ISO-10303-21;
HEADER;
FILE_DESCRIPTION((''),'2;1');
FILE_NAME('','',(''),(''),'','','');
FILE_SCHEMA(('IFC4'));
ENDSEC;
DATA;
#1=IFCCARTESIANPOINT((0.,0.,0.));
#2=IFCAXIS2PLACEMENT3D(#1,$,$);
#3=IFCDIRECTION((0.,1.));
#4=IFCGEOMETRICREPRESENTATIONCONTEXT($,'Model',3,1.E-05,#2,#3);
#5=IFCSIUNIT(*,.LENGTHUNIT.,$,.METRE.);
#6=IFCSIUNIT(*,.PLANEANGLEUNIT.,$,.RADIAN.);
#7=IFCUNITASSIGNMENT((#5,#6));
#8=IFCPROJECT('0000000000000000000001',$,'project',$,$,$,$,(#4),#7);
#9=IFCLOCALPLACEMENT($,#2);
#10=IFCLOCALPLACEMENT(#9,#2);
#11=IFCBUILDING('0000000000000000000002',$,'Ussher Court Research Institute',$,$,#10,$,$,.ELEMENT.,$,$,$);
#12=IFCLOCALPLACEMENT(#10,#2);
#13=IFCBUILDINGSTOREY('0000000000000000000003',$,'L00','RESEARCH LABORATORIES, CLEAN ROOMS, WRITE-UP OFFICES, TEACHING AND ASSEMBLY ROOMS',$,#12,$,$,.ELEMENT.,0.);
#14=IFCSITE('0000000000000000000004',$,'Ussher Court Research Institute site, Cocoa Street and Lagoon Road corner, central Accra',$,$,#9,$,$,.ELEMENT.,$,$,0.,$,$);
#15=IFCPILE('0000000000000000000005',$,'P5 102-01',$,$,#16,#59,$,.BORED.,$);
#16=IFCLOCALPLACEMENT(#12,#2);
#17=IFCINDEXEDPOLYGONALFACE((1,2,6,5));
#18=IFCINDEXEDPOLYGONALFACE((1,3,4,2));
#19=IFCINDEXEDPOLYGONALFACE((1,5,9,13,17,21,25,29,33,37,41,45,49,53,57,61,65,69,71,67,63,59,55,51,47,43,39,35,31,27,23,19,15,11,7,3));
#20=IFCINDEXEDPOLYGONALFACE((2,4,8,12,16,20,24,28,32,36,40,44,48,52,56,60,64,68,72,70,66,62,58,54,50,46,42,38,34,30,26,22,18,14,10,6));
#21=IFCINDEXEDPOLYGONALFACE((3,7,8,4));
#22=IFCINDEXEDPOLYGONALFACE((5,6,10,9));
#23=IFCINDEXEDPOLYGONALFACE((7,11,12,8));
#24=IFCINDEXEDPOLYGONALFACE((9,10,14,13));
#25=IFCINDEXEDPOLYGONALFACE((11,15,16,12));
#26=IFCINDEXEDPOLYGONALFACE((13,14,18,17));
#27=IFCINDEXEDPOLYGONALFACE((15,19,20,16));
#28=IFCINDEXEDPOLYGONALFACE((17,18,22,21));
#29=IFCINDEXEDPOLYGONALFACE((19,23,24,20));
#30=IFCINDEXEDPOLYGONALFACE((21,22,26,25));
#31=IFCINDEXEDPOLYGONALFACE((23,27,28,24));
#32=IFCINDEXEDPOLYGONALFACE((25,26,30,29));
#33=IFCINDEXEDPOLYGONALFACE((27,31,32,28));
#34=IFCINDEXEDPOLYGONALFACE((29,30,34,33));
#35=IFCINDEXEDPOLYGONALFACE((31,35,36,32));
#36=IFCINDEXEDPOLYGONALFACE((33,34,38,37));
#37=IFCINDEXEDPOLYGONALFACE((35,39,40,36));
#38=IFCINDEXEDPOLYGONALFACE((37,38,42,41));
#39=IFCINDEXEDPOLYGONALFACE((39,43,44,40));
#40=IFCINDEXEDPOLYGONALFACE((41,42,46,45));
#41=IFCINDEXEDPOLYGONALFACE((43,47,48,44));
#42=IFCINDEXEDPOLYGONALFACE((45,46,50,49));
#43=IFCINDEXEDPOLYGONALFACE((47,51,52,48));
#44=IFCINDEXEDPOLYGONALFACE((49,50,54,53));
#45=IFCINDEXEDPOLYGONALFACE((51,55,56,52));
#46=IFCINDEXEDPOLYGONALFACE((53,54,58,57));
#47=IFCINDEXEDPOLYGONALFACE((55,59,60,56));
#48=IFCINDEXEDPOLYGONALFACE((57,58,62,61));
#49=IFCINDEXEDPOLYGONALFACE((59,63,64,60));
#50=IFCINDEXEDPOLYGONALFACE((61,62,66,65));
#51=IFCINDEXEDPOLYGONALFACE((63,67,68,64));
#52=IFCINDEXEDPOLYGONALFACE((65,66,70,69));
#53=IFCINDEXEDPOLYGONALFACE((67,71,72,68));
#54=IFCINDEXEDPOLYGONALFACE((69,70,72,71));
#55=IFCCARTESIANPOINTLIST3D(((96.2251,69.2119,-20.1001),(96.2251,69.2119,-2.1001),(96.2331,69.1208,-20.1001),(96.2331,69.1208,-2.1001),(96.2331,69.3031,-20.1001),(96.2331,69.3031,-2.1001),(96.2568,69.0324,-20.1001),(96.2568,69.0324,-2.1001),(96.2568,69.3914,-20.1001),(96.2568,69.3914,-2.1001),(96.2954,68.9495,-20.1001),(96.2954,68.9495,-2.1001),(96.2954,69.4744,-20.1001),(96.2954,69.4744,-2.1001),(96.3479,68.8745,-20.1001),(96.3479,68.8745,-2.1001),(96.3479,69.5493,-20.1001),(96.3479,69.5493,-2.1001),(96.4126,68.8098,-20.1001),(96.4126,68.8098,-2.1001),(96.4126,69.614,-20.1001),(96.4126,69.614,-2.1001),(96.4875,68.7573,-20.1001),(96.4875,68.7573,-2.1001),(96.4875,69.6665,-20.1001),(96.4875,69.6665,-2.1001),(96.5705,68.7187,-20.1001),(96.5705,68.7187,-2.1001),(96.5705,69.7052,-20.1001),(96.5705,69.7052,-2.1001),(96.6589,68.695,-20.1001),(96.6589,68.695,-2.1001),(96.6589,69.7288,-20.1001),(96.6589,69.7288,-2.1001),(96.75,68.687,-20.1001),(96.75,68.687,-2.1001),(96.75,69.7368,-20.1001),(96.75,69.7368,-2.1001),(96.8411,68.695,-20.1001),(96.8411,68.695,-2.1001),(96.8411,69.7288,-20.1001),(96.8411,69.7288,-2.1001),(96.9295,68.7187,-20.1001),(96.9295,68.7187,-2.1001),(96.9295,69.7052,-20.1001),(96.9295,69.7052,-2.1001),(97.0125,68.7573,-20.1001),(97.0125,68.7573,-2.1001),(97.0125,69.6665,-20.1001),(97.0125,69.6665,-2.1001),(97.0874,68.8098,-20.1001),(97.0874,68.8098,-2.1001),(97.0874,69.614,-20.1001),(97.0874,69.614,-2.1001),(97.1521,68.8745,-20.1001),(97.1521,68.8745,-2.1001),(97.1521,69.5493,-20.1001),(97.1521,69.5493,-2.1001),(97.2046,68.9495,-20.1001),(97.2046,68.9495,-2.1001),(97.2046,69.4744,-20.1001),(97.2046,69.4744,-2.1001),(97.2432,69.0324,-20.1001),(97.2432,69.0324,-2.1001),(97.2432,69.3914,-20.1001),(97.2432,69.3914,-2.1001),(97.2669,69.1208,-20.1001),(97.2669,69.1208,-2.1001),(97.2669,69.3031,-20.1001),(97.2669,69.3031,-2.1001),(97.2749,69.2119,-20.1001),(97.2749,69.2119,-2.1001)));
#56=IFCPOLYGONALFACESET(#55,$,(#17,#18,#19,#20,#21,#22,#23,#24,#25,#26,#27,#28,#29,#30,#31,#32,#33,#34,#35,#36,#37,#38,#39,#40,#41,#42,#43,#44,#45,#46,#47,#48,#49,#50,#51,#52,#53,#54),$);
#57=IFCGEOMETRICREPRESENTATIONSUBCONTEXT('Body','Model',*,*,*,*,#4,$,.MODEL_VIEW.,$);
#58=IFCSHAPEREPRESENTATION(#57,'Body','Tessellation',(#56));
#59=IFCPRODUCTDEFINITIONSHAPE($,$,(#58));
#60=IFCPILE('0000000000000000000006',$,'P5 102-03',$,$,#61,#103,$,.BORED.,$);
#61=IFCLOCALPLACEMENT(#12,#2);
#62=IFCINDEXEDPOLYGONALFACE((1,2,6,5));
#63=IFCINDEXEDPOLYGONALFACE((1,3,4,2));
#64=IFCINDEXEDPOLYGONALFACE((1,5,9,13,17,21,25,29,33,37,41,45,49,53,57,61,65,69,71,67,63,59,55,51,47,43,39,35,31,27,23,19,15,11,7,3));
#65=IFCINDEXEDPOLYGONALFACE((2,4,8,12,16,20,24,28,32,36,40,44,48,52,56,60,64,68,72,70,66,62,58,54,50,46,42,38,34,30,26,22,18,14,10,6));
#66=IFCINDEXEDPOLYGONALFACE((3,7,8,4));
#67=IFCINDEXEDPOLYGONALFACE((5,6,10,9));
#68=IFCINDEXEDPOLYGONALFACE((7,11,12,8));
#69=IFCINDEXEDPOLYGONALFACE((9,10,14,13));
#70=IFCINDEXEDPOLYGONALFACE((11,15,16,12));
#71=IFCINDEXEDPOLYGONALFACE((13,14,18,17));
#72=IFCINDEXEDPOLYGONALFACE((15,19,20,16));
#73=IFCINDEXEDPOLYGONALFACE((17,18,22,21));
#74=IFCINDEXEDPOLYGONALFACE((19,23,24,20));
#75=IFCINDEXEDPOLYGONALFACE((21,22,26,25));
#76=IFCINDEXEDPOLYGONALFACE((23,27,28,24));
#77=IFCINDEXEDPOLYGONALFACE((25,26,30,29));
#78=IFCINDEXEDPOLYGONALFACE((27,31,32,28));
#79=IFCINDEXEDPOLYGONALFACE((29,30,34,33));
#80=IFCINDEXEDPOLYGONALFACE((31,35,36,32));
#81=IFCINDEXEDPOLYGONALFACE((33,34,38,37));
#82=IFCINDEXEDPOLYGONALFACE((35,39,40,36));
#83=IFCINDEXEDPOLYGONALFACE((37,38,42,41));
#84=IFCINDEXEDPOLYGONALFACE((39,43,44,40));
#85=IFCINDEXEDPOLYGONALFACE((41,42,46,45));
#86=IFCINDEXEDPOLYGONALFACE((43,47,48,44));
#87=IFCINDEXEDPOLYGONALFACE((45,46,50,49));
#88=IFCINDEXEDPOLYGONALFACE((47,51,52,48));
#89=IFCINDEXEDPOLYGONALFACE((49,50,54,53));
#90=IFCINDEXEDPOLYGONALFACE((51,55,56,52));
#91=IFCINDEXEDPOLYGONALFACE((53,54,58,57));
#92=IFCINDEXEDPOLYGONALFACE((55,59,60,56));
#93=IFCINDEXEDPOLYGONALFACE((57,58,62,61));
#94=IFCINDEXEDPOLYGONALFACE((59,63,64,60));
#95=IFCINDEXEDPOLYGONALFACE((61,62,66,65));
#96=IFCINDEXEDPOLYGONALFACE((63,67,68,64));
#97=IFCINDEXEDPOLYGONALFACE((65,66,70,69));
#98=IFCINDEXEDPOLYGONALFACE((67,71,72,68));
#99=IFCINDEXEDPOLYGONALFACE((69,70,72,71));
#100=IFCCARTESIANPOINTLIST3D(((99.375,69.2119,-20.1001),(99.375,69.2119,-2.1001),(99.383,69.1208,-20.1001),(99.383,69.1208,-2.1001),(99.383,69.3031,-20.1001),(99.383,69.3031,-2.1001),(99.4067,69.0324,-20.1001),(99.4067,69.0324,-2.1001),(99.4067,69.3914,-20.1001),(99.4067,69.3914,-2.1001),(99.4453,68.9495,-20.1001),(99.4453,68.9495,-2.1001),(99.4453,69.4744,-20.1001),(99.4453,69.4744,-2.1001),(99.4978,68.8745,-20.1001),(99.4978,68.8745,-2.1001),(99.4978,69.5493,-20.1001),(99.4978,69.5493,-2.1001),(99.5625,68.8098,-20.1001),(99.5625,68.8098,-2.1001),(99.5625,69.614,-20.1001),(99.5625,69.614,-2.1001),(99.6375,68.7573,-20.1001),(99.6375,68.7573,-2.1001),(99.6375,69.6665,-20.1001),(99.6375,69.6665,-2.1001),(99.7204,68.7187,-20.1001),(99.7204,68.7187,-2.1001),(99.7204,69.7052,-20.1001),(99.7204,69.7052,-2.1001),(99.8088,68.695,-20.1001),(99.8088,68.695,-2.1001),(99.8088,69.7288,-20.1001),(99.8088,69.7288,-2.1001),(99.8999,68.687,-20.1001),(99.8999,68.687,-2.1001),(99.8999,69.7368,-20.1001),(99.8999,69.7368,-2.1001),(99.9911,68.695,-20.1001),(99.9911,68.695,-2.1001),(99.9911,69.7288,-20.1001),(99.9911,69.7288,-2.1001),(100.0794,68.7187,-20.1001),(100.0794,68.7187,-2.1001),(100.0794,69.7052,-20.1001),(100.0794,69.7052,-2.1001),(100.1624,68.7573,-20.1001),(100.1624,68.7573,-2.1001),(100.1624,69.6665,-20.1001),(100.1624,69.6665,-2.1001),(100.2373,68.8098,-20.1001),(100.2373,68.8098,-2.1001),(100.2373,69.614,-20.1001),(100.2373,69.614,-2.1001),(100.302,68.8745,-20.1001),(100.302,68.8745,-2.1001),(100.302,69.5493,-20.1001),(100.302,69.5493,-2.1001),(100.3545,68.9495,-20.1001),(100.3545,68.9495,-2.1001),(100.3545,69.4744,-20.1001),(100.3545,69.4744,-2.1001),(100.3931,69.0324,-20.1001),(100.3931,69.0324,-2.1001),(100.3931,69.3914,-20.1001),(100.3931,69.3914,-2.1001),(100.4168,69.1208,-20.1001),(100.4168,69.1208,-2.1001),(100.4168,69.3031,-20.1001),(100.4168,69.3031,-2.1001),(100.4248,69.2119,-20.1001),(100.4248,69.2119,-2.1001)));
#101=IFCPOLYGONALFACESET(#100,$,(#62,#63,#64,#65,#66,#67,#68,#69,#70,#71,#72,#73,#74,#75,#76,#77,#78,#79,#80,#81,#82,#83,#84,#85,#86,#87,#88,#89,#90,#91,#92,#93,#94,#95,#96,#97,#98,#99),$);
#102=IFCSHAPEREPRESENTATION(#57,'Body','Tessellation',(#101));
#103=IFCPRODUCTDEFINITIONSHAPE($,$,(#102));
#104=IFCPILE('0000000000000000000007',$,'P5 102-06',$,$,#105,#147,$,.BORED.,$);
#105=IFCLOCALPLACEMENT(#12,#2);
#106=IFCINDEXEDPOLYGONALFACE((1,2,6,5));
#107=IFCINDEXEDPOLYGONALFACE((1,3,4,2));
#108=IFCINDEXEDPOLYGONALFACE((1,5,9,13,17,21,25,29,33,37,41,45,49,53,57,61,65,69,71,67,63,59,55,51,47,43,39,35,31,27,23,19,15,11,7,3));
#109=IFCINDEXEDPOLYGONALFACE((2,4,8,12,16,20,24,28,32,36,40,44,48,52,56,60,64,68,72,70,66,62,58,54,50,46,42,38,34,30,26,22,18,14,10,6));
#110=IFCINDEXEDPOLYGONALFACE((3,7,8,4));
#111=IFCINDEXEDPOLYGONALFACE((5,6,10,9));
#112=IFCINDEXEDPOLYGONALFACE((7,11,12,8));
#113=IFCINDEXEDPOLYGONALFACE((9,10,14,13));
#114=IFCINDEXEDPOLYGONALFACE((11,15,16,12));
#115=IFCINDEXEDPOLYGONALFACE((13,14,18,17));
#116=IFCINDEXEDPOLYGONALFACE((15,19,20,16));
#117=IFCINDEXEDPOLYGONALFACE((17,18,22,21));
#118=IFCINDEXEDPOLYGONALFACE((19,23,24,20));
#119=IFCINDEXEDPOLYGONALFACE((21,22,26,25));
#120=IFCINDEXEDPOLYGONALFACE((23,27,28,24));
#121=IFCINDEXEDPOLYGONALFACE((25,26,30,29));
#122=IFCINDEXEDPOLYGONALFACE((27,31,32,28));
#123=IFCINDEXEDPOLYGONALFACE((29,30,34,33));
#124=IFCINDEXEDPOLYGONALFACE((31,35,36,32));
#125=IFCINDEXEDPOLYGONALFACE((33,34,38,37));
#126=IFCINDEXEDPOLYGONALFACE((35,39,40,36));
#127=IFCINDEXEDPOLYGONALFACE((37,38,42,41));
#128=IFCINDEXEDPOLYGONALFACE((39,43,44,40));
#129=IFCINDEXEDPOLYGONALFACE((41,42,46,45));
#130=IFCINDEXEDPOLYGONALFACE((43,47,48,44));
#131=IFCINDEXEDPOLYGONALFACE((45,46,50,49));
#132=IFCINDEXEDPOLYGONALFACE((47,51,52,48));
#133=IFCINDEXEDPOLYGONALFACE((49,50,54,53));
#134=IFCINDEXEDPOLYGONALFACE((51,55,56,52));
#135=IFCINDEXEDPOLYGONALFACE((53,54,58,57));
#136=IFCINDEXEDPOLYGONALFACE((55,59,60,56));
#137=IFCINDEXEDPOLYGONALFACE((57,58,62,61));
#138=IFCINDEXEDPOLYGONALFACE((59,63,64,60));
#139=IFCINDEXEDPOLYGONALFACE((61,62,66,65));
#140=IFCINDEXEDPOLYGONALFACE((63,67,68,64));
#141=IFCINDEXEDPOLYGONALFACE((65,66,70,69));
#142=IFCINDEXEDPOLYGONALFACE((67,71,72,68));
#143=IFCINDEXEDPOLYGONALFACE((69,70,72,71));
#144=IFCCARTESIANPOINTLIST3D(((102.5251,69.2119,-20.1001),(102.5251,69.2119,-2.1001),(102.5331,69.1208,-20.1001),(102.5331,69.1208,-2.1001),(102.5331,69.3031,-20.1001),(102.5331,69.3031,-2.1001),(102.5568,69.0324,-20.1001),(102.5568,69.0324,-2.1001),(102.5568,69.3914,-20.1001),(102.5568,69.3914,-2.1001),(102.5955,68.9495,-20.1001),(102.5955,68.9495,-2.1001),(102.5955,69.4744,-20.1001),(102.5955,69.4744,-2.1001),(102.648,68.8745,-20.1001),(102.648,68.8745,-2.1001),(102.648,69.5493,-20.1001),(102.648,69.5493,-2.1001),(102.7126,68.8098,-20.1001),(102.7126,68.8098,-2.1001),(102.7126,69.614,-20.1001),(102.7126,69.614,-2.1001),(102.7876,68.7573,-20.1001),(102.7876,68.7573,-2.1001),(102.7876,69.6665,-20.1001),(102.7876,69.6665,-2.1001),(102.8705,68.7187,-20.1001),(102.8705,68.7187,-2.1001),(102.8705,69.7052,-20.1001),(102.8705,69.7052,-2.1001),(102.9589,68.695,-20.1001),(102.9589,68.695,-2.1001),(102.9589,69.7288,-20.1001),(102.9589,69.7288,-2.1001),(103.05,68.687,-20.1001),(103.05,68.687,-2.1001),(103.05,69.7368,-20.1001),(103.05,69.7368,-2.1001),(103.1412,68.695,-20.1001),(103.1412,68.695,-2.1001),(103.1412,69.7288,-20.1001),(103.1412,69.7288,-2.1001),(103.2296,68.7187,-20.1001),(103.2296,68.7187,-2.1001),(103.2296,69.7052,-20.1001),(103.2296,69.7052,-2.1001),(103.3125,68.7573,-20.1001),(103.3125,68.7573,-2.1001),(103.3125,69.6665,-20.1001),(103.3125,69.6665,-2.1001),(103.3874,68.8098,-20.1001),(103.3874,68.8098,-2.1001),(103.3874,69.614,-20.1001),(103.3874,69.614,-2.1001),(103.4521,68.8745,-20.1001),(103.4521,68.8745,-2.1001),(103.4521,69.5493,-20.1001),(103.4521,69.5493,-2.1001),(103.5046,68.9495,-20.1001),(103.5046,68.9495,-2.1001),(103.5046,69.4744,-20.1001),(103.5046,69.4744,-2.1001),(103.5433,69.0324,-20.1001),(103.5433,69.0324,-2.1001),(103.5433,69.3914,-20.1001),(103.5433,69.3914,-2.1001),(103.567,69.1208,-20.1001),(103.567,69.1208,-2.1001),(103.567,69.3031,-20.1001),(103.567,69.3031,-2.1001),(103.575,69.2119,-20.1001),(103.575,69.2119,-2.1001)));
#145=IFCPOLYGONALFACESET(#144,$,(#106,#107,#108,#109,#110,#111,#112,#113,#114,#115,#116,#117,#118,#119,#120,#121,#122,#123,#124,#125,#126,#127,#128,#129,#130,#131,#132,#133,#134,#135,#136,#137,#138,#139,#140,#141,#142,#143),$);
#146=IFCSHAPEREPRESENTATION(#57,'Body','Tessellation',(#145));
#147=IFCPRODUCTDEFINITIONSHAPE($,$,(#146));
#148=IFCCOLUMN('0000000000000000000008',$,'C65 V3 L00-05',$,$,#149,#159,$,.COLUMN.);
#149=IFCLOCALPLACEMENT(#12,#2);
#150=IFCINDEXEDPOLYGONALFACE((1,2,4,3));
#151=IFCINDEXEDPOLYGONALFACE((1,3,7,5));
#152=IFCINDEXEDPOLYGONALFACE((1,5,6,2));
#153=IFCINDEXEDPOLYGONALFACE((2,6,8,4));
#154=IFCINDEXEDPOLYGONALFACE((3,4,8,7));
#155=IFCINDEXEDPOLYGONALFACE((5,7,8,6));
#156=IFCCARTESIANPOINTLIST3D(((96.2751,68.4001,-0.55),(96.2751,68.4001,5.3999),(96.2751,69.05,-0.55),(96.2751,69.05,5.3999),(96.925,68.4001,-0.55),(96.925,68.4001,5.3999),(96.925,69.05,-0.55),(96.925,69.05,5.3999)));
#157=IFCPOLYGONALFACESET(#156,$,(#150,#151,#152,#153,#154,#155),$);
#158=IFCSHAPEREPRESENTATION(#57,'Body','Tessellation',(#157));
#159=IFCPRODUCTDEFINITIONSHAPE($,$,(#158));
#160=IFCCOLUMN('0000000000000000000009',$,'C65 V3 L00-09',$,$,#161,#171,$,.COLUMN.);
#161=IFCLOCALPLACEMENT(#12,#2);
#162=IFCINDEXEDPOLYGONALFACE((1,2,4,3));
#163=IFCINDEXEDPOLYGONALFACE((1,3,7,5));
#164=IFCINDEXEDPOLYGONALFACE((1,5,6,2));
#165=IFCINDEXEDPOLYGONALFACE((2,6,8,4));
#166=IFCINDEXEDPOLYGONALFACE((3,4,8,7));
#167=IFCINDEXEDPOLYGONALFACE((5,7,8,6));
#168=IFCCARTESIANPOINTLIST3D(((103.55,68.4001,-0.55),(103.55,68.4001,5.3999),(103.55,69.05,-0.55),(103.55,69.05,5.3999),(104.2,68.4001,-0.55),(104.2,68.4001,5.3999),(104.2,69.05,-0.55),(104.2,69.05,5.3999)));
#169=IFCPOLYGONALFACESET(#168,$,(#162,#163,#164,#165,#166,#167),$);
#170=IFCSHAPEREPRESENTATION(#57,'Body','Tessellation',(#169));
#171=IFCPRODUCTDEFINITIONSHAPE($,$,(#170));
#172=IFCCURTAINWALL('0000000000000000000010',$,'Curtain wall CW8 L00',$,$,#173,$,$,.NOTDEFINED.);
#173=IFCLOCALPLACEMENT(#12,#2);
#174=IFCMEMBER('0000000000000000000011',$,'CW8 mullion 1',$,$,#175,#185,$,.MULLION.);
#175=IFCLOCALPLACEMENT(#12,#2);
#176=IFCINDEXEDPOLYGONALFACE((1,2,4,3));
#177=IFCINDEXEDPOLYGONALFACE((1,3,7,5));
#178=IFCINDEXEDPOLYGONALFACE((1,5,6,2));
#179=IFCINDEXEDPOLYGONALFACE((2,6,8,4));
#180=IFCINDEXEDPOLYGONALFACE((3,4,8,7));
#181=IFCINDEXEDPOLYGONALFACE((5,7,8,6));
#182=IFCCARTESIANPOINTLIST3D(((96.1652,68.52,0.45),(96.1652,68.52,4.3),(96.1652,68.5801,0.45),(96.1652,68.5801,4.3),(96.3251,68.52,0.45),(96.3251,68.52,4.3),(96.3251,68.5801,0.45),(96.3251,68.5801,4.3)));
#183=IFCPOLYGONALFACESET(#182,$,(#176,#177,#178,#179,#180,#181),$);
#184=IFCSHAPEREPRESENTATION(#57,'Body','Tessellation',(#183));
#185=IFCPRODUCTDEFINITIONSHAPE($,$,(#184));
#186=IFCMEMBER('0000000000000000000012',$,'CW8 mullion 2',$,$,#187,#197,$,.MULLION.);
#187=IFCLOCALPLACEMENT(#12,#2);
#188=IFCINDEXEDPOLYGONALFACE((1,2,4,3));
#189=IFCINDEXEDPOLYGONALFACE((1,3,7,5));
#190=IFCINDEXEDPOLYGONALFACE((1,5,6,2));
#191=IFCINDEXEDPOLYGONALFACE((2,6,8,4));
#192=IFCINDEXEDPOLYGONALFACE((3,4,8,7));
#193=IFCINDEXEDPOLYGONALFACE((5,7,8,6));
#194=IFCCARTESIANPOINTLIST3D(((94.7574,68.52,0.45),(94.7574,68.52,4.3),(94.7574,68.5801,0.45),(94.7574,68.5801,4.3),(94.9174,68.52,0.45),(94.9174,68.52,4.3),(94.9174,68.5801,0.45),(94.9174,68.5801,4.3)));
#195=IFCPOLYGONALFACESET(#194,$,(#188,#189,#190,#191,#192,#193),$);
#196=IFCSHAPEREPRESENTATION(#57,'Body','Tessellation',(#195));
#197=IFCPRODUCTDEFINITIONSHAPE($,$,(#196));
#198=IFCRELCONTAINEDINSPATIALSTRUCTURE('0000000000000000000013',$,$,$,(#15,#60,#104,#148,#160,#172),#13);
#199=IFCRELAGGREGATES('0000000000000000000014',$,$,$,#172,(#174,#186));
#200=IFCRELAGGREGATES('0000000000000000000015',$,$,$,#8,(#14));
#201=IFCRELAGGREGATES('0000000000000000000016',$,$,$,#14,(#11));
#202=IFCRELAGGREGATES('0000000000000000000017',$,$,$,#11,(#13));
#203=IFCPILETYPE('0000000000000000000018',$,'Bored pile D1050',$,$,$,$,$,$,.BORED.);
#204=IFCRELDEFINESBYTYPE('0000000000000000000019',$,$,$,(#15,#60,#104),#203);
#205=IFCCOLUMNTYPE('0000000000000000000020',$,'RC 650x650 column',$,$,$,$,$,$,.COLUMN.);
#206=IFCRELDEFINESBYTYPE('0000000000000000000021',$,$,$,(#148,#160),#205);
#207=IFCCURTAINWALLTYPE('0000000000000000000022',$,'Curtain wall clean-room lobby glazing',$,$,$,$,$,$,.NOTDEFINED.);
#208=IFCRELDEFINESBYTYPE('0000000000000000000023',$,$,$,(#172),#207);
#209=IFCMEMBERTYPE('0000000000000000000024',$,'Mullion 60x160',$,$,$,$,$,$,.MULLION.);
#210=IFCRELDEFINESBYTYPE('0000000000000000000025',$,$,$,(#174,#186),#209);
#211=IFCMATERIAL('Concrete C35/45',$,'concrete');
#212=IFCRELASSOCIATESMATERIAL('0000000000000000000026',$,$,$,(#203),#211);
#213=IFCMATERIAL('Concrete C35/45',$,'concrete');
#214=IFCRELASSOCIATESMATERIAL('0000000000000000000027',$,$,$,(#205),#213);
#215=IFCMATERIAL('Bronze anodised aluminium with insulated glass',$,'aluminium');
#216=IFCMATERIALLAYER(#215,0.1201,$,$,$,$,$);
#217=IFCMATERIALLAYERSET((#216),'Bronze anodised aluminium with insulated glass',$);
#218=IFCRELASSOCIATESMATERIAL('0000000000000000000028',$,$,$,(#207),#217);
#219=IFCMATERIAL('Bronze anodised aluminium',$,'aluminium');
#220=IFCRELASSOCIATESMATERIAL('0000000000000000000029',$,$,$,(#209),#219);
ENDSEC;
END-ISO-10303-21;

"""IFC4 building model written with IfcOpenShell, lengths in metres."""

from ifc_helpers import new_model, si_unit, direction, frame, origin, origin_2d, place, context, subcontext, project, spatial, rectangle, circle, extrude, material, layer, layer_set, material_profile, profile_set, type_object, element, aggregate, save


model = new_model("IFC4")

# Units and contexts
model_context = context("Model", 3, precision=1e-05, world=origin(), true_north=direction((0.0, 1.0)))
body_context = subcontext(model_context, "Body", "Model", "MODEL_VIEW")
ifc_project = project(units=[si_unit("LENGTHUNIT", "METRE"), si_unit("PLANEANGLEUNIT", "RADIAN")], contexts=[model_context])

# Site, building, storey
site_placement = place(None, origin())
site = spatial("IfcSite", under=ifc_project, at=site_placement, Name="Ussher Court Research Institute site, Cocoa Street and Lagoon Road corner, central Accra", CompositionType="ELEMENT", RefElevation=0.0)
building_placement = place(site_placement, origin())
building = spatial("IfcBuilding", under=site, at=building_placement, Name="Ussher Court Research Institute", CompositionType="ELEMENT")
storey_placement = place(building_placement, origin())
storey = spatial("IfcBuildingStorey", under=building, at=storey_placement, Name="L00", Description="RESEARCH LABORATORIES, CLEAN ROOMS, WRITE-UP OFFICES, TEACHING AND ASSEMBLY ROOMS", CompositionType="ELEMENT", Elevation=0.0)

# Piles
ifc_material_1 = material(Name="Concrete C35/45", Category="concrete")
ifc_material_profile_1 = material_profile(ifc_material_1, circle(Radius=0.5249, at=origin_2d()), Name="RC D1050")
ifc_profile_set_1 = profile_set([ifc_material_profile_1], Name="Concrete C35/45")
pile_type = type_object("IfcPileType", Name="Bored pile D1050", PredefinedType="BORED", material=ifc_profile_set_1)
for number, where, z_axis, x_axis, name in (
    (1, (96.75, 69.2119, -2.1001), (0.0, 0.0, -1.0), (1.0, 0.0, 0.0), "P5 102-01"),
    (2, (99.8999, 69.2119, -2.1001), (0.0, 0.0, -1.0), (1.0, 0.0, 0.0), "P5 102-03"),
    (3, (103.05, 69.2119, -2.1001), (0.0, 0.0, -1.0), (1.0, 0.0, 0.0), "P5 102-06"),
):
    element("IfcPile", number, at=place(storey_placement, frame(where, z_axis=z_axis, x_axis=x_axis)), inside=storey, type_object=pile_type, Name=name, PredefinedType="BORED", context=body_context, shape_type="SweptSolid", body=[
        extrude(circle(Radius=0.5249, at=origin_2d()), origin(), (0.0, 0.0, 1.0), 18.0),
    ])

# Columns
ifc_material_2 = material(Name="Concrete C35/45", Category="concrete")
ifc_material_profile_2 = material_profile(ifc_material_2, rectangle(XDim=0.6499, YDim=0.6499, at=origin_2d()), Name="RC 650x650")
ifc_profile_set_2 = profile_set([ifc_material_profile_2], Name="Concrete C35/45")
column_type = type_object("IfcColumnType", Name="RC 650x650 column", PredefinedType="COLUMN", material=ifc_profile_set_2)
for number, where, z_axis, x_axis, name in (
    (4, (96.6001, 68.7251, -0.55), (0.0, 0.0, 1.0), (1.0, 0.0, 0.0), "C65 V3 L00-05"),
    (5, (103.875, 68.7251, -0.55), (0.0, 0.0, 1.0), (1.0, 0.0, 0.0), "C65 V3 L00-09"),
):
    element("IfcColumn", number, at=place(storey_placement, frame(where, z_axis=z_axis, x_axis=x_axis)), inside=storey, type_object=column_type, Name=name, PredefinedType="COLUMN", context=body_context, shape_type="SweptSolid", body=[
        extrude(rectangle(XDim=0.6499, YDim=0.6499, at=origin_2d()), origin(), (0.0, 0.0, 1.0), 5.95),
    ])

# Curtain wall, members
ifc_material_3 = material(Name="Bronze anodised aluminium with insulated glass", Category="aluminium")
ifc_layer_1 = layer(ifc_material_3, 0.1201)
ifc_layer_set_1 = layer_set([ifc_layer_1], Name="Bronze anodised aluminium with insulated glass")
curtain_wall_type = type_object("IfcCurtainWallType", Name="Curtain wall clean-room lobby glazing", PredefinedType="NOTDEFINED", material=ifc_layer_set_1)
curtain_wall_placement = place(storey_placement, origin())
curtain_wall = element("IfcCurtainWall", 6, at=curtain_wall_placement, inside=storey, type_object=curtain_wall_type, Name="Curtain wall CW8 L00", PredefinedType="NOTDEFINED")
ifc_material_4 = material(Name="Bronze anodised aluminium", Category="aluminium")
ifc_material_profile_3 = material_profile(ifc_material_4, rectangle(XDim=0.0601, YDim=0.1599, at=origin_2d()), Name="Mullion 60x160")
ifc_profile_set_3 = profile_set([ifc_material_profile_3], Name="Bronze anodised aluminium")
member_type_1 = type_object("IfcMemberType", Name="Mullion 60x160", PredefinedType="MULLION", material=ifc_profile_set_3)
member_1_placement = place(storey_placement, frame((96.2451, 68.55, 0.45), z_axis=(0.0, 0.0, 1.0), x_axis=(0.0, -1.0, 0.0)))
member_1 = element("IfcMember", 7, at=member_1_placement, type_object=member_type_1, Name="CW8 mullion 1", PredefinedType="MULLION", context=body_context, shape_type="SweptSolid", body=[
    extrude(rectangle(XDim=0.0601, YDim=0.1599, at=origin_2d()), origin(), (0.0, 0.0, 1.0), 3.8501),
])
member_2_placement = place(storey_placement, frame((94.8374, 68.55, 0.45), z_axis=(0.0, 0.0, 1.0), x_axis=(0.0, -1.0, 0.0)))
member_2 = element("IfcMember", 8, at=member_2_placement, type_object=member_type_1, Name="CW8 mullion 2", PredefinedType="MULLION", context=body_context, shape_type="SweptSolid", body=[
    extrude(rectangle(XDim=0.0601, YDim=0.1599, at=origin_2d()), origin(), (0.0, 0.0, 1.0), 3.8501),
])
aggregate(curtain_wall, [member_1, member_2])

save(model, "model.ifc")
